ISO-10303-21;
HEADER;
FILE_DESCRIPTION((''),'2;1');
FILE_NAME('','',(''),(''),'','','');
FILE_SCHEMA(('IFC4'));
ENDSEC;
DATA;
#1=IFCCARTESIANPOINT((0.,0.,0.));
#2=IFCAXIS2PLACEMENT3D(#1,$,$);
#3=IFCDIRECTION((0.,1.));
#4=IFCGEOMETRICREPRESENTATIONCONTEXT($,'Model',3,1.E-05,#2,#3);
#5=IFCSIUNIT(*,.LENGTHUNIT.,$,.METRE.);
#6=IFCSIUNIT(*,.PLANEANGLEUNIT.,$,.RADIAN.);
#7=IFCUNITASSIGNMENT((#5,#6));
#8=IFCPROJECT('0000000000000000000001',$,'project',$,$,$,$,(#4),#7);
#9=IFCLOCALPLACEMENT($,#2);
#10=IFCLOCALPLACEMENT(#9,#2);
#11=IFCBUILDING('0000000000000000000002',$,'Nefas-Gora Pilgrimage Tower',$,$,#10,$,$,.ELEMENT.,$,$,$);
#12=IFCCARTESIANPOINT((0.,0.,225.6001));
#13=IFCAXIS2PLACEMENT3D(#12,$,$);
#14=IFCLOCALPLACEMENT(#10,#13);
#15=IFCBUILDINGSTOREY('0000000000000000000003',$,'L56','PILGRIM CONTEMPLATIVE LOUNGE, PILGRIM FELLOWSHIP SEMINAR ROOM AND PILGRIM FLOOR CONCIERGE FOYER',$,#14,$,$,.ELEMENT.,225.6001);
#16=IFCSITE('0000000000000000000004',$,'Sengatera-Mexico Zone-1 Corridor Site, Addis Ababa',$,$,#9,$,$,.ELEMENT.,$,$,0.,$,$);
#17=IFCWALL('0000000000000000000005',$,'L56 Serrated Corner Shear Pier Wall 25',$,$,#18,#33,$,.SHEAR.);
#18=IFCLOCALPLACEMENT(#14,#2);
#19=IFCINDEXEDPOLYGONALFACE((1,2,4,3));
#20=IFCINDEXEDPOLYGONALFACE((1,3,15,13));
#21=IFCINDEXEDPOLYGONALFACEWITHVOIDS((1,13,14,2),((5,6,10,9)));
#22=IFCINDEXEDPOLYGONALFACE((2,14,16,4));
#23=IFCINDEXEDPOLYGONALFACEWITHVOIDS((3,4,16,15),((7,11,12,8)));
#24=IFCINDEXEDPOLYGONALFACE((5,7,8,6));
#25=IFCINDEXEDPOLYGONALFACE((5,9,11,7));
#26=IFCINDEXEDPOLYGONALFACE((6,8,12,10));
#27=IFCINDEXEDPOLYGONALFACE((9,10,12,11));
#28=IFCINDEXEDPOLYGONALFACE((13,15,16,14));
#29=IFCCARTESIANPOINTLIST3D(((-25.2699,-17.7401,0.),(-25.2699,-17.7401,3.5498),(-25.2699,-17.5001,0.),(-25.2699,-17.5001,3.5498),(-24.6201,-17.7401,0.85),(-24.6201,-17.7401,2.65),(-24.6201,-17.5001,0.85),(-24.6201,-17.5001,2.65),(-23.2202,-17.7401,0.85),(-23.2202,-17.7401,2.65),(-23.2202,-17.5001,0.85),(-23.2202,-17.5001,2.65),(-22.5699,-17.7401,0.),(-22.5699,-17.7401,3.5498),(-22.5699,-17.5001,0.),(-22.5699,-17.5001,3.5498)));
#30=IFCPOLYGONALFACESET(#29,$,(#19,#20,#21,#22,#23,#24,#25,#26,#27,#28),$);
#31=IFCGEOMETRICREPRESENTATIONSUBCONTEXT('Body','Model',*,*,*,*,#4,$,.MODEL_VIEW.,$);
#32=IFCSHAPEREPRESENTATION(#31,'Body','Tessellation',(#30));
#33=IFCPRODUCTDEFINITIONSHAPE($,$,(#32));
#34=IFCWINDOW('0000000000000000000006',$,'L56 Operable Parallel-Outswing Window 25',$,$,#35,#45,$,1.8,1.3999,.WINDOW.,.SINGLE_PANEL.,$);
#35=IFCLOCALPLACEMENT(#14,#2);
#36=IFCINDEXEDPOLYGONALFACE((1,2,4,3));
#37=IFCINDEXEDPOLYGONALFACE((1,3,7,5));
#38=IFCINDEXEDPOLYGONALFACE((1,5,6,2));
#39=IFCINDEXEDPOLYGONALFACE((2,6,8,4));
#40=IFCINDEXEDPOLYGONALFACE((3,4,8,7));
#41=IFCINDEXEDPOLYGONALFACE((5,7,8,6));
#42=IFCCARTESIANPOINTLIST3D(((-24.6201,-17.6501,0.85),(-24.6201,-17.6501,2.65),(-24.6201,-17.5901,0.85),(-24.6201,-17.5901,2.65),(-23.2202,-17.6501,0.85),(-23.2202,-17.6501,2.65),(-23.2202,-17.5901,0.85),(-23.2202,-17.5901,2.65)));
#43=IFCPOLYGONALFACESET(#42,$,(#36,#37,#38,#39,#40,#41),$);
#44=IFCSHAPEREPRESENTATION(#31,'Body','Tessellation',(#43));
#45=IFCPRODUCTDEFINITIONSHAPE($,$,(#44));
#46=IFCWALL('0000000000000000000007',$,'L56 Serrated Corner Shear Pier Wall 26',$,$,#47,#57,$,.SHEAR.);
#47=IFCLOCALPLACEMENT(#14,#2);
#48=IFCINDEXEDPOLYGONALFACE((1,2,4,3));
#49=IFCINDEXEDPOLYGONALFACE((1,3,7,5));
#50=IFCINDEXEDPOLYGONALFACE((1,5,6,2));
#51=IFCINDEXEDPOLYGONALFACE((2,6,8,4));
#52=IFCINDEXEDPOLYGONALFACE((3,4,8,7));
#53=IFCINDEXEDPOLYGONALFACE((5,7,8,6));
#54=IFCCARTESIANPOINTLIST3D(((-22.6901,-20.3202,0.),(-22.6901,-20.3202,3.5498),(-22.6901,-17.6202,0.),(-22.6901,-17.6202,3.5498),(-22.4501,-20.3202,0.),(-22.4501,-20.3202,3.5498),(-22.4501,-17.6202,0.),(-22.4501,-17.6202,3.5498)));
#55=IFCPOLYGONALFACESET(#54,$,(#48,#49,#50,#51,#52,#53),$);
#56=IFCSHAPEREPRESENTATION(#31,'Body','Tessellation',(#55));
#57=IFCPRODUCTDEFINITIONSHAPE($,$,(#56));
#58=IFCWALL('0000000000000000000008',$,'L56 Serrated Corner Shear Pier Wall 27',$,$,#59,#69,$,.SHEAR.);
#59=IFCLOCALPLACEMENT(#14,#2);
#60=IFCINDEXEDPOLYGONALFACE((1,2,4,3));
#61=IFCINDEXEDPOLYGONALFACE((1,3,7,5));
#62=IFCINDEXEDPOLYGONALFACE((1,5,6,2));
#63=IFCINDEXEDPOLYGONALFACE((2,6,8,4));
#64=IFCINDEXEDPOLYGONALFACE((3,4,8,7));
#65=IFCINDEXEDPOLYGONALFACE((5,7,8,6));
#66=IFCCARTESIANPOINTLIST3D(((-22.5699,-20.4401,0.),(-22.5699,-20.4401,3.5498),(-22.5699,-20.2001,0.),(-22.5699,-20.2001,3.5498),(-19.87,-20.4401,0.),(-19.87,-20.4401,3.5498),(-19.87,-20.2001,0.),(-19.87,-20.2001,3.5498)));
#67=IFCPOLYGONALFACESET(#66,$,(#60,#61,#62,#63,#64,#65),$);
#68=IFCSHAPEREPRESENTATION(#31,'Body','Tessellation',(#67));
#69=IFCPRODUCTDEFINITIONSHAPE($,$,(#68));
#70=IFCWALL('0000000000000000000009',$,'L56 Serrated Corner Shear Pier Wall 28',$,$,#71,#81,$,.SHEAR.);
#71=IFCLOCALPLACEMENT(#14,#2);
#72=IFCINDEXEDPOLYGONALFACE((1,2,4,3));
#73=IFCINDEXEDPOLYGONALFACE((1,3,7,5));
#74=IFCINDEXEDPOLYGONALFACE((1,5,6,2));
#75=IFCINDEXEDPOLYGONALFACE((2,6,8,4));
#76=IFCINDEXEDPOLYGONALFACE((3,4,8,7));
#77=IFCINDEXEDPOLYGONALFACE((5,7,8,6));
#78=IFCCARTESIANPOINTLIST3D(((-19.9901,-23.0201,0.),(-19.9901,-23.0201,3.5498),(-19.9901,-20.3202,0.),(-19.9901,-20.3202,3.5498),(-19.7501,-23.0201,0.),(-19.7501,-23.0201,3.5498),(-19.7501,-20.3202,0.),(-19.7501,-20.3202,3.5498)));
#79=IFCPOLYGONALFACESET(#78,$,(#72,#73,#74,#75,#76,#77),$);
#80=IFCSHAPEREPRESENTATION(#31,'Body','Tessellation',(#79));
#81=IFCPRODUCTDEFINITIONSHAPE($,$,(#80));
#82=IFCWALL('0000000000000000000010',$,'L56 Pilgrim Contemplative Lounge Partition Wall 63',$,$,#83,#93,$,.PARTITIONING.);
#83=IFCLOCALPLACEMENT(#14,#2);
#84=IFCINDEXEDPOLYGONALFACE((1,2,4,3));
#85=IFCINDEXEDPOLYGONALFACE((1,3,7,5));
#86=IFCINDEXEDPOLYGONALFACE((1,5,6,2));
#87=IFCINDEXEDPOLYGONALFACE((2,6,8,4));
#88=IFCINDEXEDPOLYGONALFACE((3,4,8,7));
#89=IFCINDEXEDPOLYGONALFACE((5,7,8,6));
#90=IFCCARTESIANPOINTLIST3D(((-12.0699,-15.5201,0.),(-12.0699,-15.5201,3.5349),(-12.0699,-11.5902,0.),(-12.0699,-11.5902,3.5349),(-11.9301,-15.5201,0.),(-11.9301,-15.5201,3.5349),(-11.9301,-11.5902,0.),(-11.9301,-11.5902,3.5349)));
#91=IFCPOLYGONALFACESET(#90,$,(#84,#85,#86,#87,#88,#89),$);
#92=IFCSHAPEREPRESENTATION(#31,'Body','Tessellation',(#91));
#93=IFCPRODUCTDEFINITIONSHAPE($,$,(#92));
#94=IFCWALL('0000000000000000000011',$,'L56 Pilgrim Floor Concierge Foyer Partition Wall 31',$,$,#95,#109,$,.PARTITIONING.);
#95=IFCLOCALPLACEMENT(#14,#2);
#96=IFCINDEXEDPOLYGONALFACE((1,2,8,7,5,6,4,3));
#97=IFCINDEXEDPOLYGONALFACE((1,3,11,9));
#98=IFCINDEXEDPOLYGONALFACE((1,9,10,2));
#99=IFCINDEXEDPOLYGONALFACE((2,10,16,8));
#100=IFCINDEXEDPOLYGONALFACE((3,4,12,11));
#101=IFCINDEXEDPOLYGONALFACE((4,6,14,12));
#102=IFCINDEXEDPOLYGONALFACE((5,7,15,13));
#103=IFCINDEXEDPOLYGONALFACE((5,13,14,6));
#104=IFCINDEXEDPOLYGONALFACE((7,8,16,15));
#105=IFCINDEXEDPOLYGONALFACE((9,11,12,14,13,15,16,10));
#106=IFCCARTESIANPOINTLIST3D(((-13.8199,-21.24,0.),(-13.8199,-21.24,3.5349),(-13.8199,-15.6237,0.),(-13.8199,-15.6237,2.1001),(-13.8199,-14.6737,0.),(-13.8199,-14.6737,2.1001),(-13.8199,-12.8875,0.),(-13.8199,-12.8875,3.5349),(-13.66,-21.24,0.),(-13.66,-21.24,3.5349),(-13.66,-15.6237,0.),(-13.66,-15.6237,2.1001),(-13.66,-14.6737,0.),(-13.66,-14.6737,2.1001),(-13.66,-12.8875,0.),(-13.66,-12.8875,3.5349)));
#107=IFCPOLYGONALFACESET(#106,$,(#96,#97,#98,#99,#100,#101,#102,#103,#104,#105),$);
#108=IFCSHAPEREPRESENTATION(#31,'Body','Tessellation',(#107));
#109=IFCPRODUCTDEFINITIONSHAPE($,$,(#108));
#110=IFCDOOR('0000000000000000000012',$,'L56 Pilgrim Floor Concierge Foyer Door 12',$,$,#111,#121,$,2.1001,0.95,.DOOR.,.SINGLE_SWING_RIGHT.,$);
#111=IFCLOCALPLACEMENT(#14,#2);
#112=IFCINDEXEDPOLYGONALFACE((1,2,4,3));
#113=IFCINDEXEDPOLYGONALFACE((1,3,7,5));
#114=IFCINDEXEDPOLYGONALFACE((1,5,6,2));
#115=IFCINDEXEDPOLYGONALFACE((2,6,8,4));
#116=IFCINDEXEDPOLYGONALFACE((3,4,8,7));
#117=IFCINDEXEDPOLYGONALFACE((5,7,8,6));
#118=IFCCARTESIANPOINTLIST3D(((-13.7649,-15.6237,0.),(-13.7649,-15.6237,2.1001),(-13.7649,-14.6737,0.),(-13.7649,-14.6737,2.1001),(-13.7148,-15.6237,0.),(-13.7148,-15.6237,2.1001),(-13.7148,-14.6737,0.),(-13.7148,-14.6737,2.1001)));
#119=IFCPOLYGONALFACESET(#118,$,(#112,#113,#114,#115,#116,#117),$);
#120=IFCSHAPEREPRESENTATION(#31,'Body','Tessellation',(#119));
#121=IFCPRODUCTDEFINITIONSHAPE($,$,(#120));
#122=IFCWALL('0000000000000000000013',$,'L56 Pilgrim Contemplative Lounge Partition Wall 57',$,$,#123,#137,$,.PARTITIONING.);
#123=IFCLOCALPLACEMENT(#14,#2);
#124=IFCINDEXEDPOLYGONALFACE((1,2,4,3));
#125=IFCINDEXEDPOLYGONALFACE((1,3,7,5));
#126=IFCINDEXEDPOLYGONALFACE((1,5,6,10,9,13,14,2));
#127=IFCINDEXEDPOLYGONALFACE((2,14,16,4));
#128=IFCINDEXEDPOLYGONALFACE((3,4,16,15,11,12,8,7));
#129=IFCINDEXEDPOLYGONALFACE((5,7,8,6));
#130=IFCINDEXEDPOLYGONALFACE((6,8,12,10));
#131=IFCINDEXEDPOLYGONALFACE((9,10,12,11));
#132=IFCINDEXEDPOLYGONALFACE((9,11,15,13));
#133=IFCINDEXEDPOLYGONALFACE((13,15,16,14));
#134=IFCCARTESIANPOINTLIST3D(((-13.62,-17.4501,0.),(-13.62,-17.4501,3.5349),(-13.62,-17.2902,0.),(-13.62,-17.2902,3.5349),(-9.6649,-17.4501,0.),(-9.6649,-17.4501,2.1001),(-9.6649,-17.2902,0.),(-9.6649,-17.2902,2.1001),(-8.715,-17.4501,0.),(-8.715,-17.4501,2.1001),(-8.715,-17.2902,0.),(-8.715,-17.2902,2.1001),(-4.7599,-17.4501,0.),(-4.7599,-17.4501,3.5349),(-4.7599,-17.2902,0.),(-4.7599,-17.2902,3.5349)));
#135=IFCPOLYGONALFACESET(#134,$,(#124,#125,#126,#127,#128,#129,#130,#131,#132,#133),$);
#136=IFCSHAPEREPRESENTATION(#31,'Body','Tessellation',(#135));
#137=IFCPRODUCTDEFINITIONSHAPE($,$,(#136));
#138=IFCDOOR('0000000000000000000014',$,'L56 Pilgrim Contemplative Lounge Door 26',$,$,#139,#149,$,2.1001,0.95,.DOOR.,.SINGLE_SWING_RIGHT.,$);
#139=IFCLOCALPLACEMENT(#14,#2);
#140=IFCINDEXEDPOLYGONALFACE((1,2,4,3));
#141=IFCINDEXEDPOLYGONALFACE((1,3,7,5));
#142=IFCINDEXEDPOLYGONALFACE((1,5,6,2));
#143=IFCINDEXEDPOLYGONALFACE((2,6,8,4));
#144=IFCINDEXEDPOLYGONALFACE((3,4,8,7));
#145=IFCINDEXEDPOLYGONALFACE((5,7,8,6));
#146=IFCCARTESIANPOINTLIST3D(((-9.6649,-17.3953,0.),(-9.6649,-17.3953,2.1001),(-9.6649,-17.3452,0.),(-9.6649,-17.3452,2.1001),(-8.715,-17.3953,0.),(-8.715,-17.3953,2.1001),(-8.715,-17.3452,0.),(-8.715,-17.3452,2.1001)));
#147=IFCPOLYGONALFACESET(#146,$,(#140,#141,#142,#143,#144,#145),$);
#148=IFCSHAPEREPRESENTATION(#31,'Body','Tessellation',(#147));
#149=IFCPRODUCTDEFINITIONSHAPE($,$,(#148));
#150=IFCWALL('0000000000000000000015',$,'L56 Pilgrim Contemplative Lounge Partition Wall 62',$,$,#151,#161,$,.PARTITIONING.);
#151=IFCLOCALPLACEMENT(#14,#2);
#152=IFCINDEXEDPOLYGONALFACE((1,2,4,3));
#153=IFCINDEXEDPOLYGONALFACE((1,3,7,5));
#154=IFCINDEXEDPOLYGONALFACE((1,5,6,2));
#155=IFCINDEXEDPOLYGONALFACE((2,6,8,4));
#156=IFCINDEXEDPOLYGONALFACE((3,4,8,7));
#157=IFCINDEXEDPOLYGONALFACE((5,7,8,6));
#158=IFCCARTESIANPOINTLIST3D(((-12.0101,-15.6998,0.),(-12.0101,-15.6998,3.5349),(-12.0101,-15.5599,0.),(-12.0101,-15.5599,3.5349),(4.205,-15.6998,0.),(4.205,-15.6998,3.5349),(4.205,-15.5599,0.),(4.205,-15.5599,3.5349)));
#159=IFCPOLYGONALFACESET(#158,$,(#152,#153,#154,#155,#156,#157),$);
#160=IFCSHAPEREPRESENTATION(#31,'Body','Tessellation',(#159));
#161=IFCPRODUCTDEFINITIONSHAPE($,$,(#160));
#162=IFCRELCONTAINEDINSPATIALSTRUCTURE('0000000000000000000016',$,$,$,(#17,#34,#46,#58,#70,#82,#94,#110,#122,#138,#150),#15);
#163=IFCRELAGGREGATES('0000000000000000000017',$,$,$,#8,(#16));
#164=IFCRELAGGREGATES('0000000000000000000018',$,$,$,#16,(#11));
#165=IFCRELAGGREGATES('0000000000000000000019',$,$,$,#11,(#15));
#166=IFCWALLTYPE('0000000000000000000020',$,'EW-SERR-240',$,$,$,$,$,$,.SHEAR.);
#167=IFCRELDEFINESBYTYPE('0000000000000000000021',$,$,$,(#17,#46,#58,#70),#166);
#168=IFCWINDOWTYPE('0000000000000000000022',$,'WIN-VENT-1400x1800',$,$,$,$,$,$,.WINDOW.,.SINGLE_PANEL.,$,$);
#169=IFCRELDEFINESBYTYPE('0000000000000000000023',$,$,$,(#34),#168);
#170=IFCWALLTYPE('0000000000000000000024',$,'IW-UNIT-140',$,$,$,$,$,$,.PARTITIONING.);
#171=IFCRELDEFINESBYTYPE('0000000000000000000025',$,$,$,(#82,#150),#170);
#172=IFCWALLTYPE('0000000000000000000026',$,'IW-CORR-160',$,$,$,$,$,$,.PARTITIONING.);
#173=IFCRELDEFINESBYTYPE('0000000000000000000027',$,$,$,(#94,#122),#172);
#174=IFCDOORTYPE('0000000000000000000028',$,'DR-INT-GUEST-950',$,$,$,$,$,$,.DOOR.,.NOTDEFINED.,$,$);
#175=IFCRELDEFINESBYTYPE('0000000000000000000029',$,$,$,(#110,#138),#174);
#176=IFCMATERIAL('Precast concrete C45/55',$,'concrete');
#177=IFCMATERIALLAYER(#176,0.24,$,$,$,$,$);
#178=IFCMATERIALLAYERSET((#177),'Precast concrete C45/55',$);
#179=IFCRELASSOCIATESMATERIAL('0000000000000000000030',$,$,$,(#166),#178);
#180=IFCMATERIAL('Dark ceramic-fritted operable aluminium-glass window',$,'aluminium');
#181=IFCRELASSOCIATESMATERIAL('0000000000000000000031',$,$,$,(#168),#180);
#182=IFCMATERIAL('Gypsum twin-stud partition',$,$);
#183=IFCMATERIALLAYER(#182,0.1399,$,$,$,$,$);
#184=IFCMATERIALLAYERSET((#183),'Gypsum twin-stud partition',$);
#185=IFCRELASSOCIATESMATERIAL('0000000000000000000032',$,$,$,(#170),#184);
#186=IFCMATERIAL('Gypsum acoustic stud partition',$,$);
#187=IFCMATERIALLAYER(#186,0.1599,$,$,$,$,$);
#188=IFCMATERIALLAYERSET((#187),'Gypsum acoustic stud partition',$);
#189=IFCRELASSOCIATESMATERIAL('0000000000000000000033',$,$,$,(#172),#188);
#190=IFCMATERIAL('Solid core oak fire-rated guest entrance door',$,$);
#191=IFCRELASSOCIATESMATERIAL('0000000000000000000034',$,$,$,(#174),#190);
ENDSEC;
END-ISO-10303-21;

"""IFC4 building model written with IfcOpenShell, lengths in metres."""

from ifc_helpers import new_model, si_unit, direction, frame, frame_2d, origin, place, context, subcontext, project, spatial, rectangle, extrude, source, transform, mapped, material, layer, layer_set, type_object, element, fill, save


model = new_model("IFC4")

# Units and contexts
model_context = context("Model", 3, precision=1e-05, world=origin(), true_north=direction((0.0, 1.0)))
body_context = subcontext(model_context, "Body", "Model", "MODEL_VIEW")
ifc_project = project(units=[si_unit("LENGTHUNIT", "METRE"), si_unit("PLANEANGLEUNIT", "RADIAN")], contexts=[model_context])

# Site, building, storey
site_placement = place(None, origin())
site = spatial("IfcSite", under=ifc_project, at=site_placement, Name="Sengatera-Mexico Zone-1 Corridor Site, Addis Ababa", CompositionType="ELEMENT", RefElevation=0.0)
building_placement = place(site_placement, origin())
building = spatial("IfcBuilding", under=site, at=building_placement, Name="Nefas-Gora Pilgrimage Tower", CompositionType="ELEMENT")
storey_placement = place(building_placement, frame((0.0, 0.0, 225.6001)))
storey = spatial("IfcBuildingStorey", under=building, at=storey_placement, Name="L56", Description="PILGRIM CONTEMPLATIVE LOUNGE, PILGRIM FELLOWSHIP SEMINAR ROOM AND PILGRIM FLOOR CONCIERGE FOYER", CompositionType="ELEMENT", Elevation=225.6001)

# Wall, opening, window
ifc_material_1 = material(Name="Precast concrete C45/55", Category="concrete")
ifc_layer_1 = layer(ifc_material_1, 0.24)
ifc_layer_set_1 = layer_set([ifc_layer_1], Name="Precast concrete C45/55")
wall_type_1 = type_object("IfcWallType", Name="EW-SERR-240", PredefinedType="SHEAR", material=ifc_layer_set_1)
shared_shape_1 = source(origin(), body_context, "Body", "SweptSolid", [
    extrude(rectangle(XDim=2.7, YDim=0.24, at=frame_2d((1.3501, 0.0))), origin(), (0.0, 0.0, 1.0), 3.5498),
])
wall_1_placement = place(storey_placement, frame((-25.27, -17.6201, 0.0), z_axis=(0.0, 0.0, 1.0), x_axis=(1.0, 0.0, 0.0)))
wall_1 = element("IfcWall", 1, at=wall_1_placement, inside=storey, type_object=wall_type_1, Name="L56 Serrated Corner Shear Pier Wall 25", PredefinedType="SHEAR", context=body_context, shape_type="MappedRepresentation", body=[
    mapped(shared_shape_1, transform((0.0, 0.0, 0.0), x_axis=(1.0, 0.0, 0.0), y_axis=(0.0, 1.0, 0.0), z_axis=(0.0, 0.0, 1.0), scale=1.0)),
])
opening_1_placement = place(wall_1_placement, frame((0.6499, 0.0, 0.8501)))
opening_1 = element("IfcOpeningElement", 2, at=opening_1_placement, cuts=wall_1, PredefinedType="OPENING", context=body_context, shape_type="SweptSolid", body=[
    extrude(rectangle(XDim=1.3999, YDim=1.8, at=frame_2d((0.7, 0.8999))), frame((0.0, 0.1299, 0.0), z_axis=(0.0, -1.0, 0.0), x_axis=(1.0, 0.0, 0.0)), (0.0, 0.0, 1.0), 0.26),
])
ifc_material_2 = material(Name="Dark ceramic-fritted operable aluminium-glass window", Category="aluminium")
window_type = type_object("IfcWindowType", Name="WIN-VENT-1400x1800", PartitioningType="SINGLE_PANEL", PredefinedType="WINDOW", material=ifc_material_2)
shared_shape_2 = source(origin(), body_context, "Body", "SweptSolid", [
    extrude(rectangle(XDim=1.3999, YDim=1.8, at=frame_2d((0.7, 0.8999))), frame((0.0, 0.03, 0.0), z_axis=(0.0, -1.0, 0.0), x_axis=(1.0, 0.0, 0.0)), (0.0, 0.0, 1.0), 0.0601),
])
window_placement = place(opening_1_placement, origin())
window = element("IfcWindow", 3, at=window_placement, inside=storey, type_object=window_type, Name="L56 Operable Parallel-Outswing Window 25", OverallHeight=1.8, OverallWidth=1.3999, PartitioningType="SINGLE_PANEL", PredefinedType="WINDOW", context=body_context, shape_type="MappedRepresentation", body=[
    mapped(shared_shape_2, transform((0.0, 0.0, 0.0), x_axis=(1.0, 0.0, 0.0), y_axis=(0.0, 1.0, 0.0), z_axis=(0.0, 0.0, 1.0), scale=1.0)),
])
fill(opening_1, window)

# Walls
for number, where, z_axis, x_axis, name in (
    (4, (-22.5701, -17.6201, 0.0), (0.0, 0.0, 1.0), (0.0, -1.0, 0.0), "L56 Serrated Corner Shear Pier Wall 26"),
    (5, (-22.5701, -20.3201, 0.0), (0.0, 0.0, 1.0), (1.0, 0.0, 0.0), "L56 Serrated Corner Shear Pier Wall 27"),
    (6, (-19.8701, -20.3201, 0.0), (0.0, 0.0, 1.0), (0.0, -1.0, 0.0), "L56 Serrated Corner Shear Pier Wall 28"),
):
    element("IfcWall", number, at=place(storey_placement, frame(where, z_axis=z_axis, x_axis=x_axis)), inside=storey, type_object=wall_type_1, Name=name, PredefinedType="SHEAR", context=body_context, shape_type="MappedRepresentation", body=[
        mapped(shared_shape_1, transform((0.0, 0.0, 0.0), x_axis=(1.0, 0.0, 0.0), y_axis=(0.0, 1.0, 0.0), z_axis=(0.0, 0.0, 1.0), scale=1.0)),
    ])
ifc_material_3 = material(Name="Gypsum twin-stud partition")
ifc_layer_2 = layer(ifc_material_3, 0.1399)
ifc_layer_set_2 = layer_set([ifc_layer_2], Name="Gypsum twin-stud partition")
wall_type_2 = type_object("IfcWallType", Name="IW-UNIT-140", PredefinedType="PARTITIONING", material=ifc_layer_set_2)
shared_shape_3 = source(origin(), body_context, "Body", "SweptSolid", [
    extrude(rectangle(XDim=3.9299, YDim=0.1399, at=frame_2d((1.9648, 0.0))), origin(), (0.0, 0.0, 1.0), 3.5349),
])
wall_2_placement = place(storey_placement, frame((-12.0, -15.52, 0.0), z_axis=(0.0, 0.0, 1.0), x_axis=(0.0, 1.0, 0.0)))
element("IfcWall", 7, at=wall_2_placement, inside=storey, type_object=wall_type_2, Name="L56 Pilgrim Contemplative Lounge Partition Wall 63", PredefinedType="PARTITIONING", context=body_context, shape_type="MappedRepresentation", body=[
    mapped(shared_shape_3, transform((0.0, 0.0, 0.0), x_axis=(1.0, 0.0, 0.0), y_axis=(0.0, 1.0, 0.0), z_axis=(0.0, 0.0, 1.0), scale=1.0)),
])

# Walls, openings, doors
ifc_material_4 = material(Name="Gypsum acoustic stud partition")
ifc_layer_3 = layer(ifc_material_4, 0.1599)
ifc_layer_set_3 = layer_set([ifc_layer_3], Name="Gypsum acoustic stud partition")
wall_type_3 = type_object("IfcWallType", Name="IW-CORR-160", PredefinedType="PARTITIONING", material=ifc_layer_set_3)
shared_shape_4 = source(origin(), body_context, "Body", "SweptSolid", [
    extrude(rectangle(XDim=8.3525, YDim=0.1599, at=frame_2d((4.1763, 0.0))), origin(), (0.0, 0.0, 1.0), 3.5349),
])
wall_3_placement = place(storey_placement, frame((-13.74, -21.24, 0.0), z_axis=(0.0, 0.0, 1.0), x_axis=(0.0, 1.0, 0.0)))
wall_3 = element("IfcWall", 8, at=wall_3_placement, inside=storey, type_object=wall_type_3, Name="L56 Pilgrim Floor Concierge Foyer Partition Wall 31", PredefinedType="PARTITIONING", context=body_context, shape_type="MappedRepresentation", body=[
    mapped(shared_shape_4, transform((0.0, 0.0, 0.0), x_axis=(1.0, 0.0, 0.0), y_axis=(0.0, 1.0, 0.0), z_axis=(0.0, 0.0, 1.0), scale=1.0)),
])
opening_2_placement = place(wall_3_placement, frame((5.6162, 0.0, 0.0)))
opening_2 = element("IfcOpeningElement", 9, at=opening_2_placement, cuts=wall_3, PredefinedType="OPENING", context=body_context, shape_type="SweptSolid", body=[
    extrude(rectangle(XDim=0.95, YDim=2.1001, at=frame_2d((0.4751, 1.05))), frame((0.0, 0.0898, 0.0), z_axis=(0.0, -1.0, 0.0), x_axis=(1.0, 0.0, 0.0)), (0.0, 0.0, 1.0), 0.1799),
])
ifc_material_5 = material(Name="Solid core oak fire-rated guest entrance door")
door_type = type_object("IfcDoorType", Name="DR-INT-GUEST-950", OperationType="NOTDEFINED", PredefinedType="DOOR", material=ifc_material_5)
shared_shape_5 = source(origin(), body_context, "Body", "SweptSolid", [
    extrude(rectangle(XDim=0.95, YDim=2.1001, at=frame_2d((0.4751, 1.05))), frame((0.0, 0.0249, 0.0), z_axis=(0.0, -1.0, 0.0), x_axis=(1.0, 0.0, 0.0)), (0.0, 0.0, 1.0), 0.05),
])
door_1_placement = place(opening_2_placement, origin())
door_1 = element("IfcDoor", 10, at=door_1_placement, inside=storey, type_object=door_type, Name="L56 Pilgrim Floor Concierge Foyer Door 12", OperationType="SINGLE_SWING_RIGHT", OverallHeight=2.1001, OverallWidth=0.95, PredefinedType="DOOR", context=body_context, shape_type="MappedRepresentation", body=[
    mapped(shared_shape_5, transform((0.0, 0.0, 0.0), x_axis=(1.0, 0.0, 0.0), y_axis=(0.0, 1.0, 0.0), z_axis=(0.0, 0.0, 1.0), scale=1.0)),
])
fill(opening_2, door_1)
shared_shape_6 = source(origin(), body_context, "Body", "SweptSolid", [
    extrude(rectangle(XDim=8.8601, YDim=0.1599, at=frame_2d((4.4302, 0.0))), origin(), (0.0, 0.0, 1.0), 3.5349),
])
wall_4_placement = place(storey_placement, frame((-13.6201, -17.3701, 0.0), z_axis=(0.0, 0.0, 1.0), x_axis=(1.0, 0.0, 0.0)))
wall_4 = element("IfcWall", 11, at=wall_4_placement, inside=storey, type_object=wall_type_3, Name="L56 Pilgrim Contemplative Lounge Partition Wall 57", PredefinedType="PARTITIONING", context=body_context, shape_type="MappedRepresentation", body=[
    mapped(shared_shape_6, transform((0.0, 0.0, 0.0), x_axis=(1.0, 0.0, 0.0), y_axis=(0.0, 1.0, 0.0), z_axis=(0.0, 0.0, 1.0), scale=1.0)),
])
opening_3_placement = place(wall_4_placement, frame((3.9551, 0.0, 0.0)))
opening_3 = element("IfcOpeningElement", 12, at=opening_3_placement, cuts=wall_4, PredefinedType="OPENING", context=body_context, shape_type="SweptSolid", body=[
    extrude(rectangle(XDim=0.95, YDim=2.1001, at=frame_2d((0.4751, 1.05))), frame((0.0, 0.0898, 0.0), z_axis=(0.0, -1.0, 0.0), x_axis=(1.0, 0.0, 0.0)), (0.0, 0.0, 1.0), 0.1799),
])
door_2_placement = place(opening_3_placement, origin())
door_2 = element("IfcDoor", 13, at=door_2_placement, inside=storey, type_object=door_type, Name="L56 Pilgrim Contemplative Lounge Door 26", OperationType="SINGLE_SWING_RIGHT", OverallHeight=2.1001, OverallWidth=0.95, PredefinedType="DOOR", context=body_context, shape_type="MappedRepresentation", body=[
    mapped(shared_shape_5, transform((0.0, 0.0, 0.0), x_axis=(1.0, 0.0, 0.0), y_axis=(0.0, 1.0, 0.0), z_axis=(0.0, 0.0, 1.0), scale=1.0)),
])
fill(opening_3, door_2)

# Wall
shared_shape_7 = source(origin(), body_context, "Body", "SweptSolid", [
    extrude(rectangle(XDim=16.2151, YDim=0.1399, at=frame_2d((8.1074, 0.0))), origin(), (0.0, 0.0, 1.0), 3.5349),
])
wall_5_placement = place(storey_placement, frame((-12.01, -15.6299, 0.0), z_axis=(0.0, 0.0, 1.0), x_axis=(1.0, 0.0, 0.0)))
element("IfcWall", 14, at=wall_5_placement, inside=storey, type_object=wall_type_2, Name="L56 Pilgrim Contemplative Lounge Partition Wall 62", PredefinedType="PARTITIONING", context=body_context, shape_type="MappedRepresentation", body=[
    mapped(shared_shape_7, transform((0.0, 0.0, 0.0), x_axis=(1.0, 0.0, 0.0), y_axis=(0.0, 1.0, 0.0), z_axis=(0.0, 0.0, 1.0), scale=1.0)),
])

save(model, "model.ifc")
